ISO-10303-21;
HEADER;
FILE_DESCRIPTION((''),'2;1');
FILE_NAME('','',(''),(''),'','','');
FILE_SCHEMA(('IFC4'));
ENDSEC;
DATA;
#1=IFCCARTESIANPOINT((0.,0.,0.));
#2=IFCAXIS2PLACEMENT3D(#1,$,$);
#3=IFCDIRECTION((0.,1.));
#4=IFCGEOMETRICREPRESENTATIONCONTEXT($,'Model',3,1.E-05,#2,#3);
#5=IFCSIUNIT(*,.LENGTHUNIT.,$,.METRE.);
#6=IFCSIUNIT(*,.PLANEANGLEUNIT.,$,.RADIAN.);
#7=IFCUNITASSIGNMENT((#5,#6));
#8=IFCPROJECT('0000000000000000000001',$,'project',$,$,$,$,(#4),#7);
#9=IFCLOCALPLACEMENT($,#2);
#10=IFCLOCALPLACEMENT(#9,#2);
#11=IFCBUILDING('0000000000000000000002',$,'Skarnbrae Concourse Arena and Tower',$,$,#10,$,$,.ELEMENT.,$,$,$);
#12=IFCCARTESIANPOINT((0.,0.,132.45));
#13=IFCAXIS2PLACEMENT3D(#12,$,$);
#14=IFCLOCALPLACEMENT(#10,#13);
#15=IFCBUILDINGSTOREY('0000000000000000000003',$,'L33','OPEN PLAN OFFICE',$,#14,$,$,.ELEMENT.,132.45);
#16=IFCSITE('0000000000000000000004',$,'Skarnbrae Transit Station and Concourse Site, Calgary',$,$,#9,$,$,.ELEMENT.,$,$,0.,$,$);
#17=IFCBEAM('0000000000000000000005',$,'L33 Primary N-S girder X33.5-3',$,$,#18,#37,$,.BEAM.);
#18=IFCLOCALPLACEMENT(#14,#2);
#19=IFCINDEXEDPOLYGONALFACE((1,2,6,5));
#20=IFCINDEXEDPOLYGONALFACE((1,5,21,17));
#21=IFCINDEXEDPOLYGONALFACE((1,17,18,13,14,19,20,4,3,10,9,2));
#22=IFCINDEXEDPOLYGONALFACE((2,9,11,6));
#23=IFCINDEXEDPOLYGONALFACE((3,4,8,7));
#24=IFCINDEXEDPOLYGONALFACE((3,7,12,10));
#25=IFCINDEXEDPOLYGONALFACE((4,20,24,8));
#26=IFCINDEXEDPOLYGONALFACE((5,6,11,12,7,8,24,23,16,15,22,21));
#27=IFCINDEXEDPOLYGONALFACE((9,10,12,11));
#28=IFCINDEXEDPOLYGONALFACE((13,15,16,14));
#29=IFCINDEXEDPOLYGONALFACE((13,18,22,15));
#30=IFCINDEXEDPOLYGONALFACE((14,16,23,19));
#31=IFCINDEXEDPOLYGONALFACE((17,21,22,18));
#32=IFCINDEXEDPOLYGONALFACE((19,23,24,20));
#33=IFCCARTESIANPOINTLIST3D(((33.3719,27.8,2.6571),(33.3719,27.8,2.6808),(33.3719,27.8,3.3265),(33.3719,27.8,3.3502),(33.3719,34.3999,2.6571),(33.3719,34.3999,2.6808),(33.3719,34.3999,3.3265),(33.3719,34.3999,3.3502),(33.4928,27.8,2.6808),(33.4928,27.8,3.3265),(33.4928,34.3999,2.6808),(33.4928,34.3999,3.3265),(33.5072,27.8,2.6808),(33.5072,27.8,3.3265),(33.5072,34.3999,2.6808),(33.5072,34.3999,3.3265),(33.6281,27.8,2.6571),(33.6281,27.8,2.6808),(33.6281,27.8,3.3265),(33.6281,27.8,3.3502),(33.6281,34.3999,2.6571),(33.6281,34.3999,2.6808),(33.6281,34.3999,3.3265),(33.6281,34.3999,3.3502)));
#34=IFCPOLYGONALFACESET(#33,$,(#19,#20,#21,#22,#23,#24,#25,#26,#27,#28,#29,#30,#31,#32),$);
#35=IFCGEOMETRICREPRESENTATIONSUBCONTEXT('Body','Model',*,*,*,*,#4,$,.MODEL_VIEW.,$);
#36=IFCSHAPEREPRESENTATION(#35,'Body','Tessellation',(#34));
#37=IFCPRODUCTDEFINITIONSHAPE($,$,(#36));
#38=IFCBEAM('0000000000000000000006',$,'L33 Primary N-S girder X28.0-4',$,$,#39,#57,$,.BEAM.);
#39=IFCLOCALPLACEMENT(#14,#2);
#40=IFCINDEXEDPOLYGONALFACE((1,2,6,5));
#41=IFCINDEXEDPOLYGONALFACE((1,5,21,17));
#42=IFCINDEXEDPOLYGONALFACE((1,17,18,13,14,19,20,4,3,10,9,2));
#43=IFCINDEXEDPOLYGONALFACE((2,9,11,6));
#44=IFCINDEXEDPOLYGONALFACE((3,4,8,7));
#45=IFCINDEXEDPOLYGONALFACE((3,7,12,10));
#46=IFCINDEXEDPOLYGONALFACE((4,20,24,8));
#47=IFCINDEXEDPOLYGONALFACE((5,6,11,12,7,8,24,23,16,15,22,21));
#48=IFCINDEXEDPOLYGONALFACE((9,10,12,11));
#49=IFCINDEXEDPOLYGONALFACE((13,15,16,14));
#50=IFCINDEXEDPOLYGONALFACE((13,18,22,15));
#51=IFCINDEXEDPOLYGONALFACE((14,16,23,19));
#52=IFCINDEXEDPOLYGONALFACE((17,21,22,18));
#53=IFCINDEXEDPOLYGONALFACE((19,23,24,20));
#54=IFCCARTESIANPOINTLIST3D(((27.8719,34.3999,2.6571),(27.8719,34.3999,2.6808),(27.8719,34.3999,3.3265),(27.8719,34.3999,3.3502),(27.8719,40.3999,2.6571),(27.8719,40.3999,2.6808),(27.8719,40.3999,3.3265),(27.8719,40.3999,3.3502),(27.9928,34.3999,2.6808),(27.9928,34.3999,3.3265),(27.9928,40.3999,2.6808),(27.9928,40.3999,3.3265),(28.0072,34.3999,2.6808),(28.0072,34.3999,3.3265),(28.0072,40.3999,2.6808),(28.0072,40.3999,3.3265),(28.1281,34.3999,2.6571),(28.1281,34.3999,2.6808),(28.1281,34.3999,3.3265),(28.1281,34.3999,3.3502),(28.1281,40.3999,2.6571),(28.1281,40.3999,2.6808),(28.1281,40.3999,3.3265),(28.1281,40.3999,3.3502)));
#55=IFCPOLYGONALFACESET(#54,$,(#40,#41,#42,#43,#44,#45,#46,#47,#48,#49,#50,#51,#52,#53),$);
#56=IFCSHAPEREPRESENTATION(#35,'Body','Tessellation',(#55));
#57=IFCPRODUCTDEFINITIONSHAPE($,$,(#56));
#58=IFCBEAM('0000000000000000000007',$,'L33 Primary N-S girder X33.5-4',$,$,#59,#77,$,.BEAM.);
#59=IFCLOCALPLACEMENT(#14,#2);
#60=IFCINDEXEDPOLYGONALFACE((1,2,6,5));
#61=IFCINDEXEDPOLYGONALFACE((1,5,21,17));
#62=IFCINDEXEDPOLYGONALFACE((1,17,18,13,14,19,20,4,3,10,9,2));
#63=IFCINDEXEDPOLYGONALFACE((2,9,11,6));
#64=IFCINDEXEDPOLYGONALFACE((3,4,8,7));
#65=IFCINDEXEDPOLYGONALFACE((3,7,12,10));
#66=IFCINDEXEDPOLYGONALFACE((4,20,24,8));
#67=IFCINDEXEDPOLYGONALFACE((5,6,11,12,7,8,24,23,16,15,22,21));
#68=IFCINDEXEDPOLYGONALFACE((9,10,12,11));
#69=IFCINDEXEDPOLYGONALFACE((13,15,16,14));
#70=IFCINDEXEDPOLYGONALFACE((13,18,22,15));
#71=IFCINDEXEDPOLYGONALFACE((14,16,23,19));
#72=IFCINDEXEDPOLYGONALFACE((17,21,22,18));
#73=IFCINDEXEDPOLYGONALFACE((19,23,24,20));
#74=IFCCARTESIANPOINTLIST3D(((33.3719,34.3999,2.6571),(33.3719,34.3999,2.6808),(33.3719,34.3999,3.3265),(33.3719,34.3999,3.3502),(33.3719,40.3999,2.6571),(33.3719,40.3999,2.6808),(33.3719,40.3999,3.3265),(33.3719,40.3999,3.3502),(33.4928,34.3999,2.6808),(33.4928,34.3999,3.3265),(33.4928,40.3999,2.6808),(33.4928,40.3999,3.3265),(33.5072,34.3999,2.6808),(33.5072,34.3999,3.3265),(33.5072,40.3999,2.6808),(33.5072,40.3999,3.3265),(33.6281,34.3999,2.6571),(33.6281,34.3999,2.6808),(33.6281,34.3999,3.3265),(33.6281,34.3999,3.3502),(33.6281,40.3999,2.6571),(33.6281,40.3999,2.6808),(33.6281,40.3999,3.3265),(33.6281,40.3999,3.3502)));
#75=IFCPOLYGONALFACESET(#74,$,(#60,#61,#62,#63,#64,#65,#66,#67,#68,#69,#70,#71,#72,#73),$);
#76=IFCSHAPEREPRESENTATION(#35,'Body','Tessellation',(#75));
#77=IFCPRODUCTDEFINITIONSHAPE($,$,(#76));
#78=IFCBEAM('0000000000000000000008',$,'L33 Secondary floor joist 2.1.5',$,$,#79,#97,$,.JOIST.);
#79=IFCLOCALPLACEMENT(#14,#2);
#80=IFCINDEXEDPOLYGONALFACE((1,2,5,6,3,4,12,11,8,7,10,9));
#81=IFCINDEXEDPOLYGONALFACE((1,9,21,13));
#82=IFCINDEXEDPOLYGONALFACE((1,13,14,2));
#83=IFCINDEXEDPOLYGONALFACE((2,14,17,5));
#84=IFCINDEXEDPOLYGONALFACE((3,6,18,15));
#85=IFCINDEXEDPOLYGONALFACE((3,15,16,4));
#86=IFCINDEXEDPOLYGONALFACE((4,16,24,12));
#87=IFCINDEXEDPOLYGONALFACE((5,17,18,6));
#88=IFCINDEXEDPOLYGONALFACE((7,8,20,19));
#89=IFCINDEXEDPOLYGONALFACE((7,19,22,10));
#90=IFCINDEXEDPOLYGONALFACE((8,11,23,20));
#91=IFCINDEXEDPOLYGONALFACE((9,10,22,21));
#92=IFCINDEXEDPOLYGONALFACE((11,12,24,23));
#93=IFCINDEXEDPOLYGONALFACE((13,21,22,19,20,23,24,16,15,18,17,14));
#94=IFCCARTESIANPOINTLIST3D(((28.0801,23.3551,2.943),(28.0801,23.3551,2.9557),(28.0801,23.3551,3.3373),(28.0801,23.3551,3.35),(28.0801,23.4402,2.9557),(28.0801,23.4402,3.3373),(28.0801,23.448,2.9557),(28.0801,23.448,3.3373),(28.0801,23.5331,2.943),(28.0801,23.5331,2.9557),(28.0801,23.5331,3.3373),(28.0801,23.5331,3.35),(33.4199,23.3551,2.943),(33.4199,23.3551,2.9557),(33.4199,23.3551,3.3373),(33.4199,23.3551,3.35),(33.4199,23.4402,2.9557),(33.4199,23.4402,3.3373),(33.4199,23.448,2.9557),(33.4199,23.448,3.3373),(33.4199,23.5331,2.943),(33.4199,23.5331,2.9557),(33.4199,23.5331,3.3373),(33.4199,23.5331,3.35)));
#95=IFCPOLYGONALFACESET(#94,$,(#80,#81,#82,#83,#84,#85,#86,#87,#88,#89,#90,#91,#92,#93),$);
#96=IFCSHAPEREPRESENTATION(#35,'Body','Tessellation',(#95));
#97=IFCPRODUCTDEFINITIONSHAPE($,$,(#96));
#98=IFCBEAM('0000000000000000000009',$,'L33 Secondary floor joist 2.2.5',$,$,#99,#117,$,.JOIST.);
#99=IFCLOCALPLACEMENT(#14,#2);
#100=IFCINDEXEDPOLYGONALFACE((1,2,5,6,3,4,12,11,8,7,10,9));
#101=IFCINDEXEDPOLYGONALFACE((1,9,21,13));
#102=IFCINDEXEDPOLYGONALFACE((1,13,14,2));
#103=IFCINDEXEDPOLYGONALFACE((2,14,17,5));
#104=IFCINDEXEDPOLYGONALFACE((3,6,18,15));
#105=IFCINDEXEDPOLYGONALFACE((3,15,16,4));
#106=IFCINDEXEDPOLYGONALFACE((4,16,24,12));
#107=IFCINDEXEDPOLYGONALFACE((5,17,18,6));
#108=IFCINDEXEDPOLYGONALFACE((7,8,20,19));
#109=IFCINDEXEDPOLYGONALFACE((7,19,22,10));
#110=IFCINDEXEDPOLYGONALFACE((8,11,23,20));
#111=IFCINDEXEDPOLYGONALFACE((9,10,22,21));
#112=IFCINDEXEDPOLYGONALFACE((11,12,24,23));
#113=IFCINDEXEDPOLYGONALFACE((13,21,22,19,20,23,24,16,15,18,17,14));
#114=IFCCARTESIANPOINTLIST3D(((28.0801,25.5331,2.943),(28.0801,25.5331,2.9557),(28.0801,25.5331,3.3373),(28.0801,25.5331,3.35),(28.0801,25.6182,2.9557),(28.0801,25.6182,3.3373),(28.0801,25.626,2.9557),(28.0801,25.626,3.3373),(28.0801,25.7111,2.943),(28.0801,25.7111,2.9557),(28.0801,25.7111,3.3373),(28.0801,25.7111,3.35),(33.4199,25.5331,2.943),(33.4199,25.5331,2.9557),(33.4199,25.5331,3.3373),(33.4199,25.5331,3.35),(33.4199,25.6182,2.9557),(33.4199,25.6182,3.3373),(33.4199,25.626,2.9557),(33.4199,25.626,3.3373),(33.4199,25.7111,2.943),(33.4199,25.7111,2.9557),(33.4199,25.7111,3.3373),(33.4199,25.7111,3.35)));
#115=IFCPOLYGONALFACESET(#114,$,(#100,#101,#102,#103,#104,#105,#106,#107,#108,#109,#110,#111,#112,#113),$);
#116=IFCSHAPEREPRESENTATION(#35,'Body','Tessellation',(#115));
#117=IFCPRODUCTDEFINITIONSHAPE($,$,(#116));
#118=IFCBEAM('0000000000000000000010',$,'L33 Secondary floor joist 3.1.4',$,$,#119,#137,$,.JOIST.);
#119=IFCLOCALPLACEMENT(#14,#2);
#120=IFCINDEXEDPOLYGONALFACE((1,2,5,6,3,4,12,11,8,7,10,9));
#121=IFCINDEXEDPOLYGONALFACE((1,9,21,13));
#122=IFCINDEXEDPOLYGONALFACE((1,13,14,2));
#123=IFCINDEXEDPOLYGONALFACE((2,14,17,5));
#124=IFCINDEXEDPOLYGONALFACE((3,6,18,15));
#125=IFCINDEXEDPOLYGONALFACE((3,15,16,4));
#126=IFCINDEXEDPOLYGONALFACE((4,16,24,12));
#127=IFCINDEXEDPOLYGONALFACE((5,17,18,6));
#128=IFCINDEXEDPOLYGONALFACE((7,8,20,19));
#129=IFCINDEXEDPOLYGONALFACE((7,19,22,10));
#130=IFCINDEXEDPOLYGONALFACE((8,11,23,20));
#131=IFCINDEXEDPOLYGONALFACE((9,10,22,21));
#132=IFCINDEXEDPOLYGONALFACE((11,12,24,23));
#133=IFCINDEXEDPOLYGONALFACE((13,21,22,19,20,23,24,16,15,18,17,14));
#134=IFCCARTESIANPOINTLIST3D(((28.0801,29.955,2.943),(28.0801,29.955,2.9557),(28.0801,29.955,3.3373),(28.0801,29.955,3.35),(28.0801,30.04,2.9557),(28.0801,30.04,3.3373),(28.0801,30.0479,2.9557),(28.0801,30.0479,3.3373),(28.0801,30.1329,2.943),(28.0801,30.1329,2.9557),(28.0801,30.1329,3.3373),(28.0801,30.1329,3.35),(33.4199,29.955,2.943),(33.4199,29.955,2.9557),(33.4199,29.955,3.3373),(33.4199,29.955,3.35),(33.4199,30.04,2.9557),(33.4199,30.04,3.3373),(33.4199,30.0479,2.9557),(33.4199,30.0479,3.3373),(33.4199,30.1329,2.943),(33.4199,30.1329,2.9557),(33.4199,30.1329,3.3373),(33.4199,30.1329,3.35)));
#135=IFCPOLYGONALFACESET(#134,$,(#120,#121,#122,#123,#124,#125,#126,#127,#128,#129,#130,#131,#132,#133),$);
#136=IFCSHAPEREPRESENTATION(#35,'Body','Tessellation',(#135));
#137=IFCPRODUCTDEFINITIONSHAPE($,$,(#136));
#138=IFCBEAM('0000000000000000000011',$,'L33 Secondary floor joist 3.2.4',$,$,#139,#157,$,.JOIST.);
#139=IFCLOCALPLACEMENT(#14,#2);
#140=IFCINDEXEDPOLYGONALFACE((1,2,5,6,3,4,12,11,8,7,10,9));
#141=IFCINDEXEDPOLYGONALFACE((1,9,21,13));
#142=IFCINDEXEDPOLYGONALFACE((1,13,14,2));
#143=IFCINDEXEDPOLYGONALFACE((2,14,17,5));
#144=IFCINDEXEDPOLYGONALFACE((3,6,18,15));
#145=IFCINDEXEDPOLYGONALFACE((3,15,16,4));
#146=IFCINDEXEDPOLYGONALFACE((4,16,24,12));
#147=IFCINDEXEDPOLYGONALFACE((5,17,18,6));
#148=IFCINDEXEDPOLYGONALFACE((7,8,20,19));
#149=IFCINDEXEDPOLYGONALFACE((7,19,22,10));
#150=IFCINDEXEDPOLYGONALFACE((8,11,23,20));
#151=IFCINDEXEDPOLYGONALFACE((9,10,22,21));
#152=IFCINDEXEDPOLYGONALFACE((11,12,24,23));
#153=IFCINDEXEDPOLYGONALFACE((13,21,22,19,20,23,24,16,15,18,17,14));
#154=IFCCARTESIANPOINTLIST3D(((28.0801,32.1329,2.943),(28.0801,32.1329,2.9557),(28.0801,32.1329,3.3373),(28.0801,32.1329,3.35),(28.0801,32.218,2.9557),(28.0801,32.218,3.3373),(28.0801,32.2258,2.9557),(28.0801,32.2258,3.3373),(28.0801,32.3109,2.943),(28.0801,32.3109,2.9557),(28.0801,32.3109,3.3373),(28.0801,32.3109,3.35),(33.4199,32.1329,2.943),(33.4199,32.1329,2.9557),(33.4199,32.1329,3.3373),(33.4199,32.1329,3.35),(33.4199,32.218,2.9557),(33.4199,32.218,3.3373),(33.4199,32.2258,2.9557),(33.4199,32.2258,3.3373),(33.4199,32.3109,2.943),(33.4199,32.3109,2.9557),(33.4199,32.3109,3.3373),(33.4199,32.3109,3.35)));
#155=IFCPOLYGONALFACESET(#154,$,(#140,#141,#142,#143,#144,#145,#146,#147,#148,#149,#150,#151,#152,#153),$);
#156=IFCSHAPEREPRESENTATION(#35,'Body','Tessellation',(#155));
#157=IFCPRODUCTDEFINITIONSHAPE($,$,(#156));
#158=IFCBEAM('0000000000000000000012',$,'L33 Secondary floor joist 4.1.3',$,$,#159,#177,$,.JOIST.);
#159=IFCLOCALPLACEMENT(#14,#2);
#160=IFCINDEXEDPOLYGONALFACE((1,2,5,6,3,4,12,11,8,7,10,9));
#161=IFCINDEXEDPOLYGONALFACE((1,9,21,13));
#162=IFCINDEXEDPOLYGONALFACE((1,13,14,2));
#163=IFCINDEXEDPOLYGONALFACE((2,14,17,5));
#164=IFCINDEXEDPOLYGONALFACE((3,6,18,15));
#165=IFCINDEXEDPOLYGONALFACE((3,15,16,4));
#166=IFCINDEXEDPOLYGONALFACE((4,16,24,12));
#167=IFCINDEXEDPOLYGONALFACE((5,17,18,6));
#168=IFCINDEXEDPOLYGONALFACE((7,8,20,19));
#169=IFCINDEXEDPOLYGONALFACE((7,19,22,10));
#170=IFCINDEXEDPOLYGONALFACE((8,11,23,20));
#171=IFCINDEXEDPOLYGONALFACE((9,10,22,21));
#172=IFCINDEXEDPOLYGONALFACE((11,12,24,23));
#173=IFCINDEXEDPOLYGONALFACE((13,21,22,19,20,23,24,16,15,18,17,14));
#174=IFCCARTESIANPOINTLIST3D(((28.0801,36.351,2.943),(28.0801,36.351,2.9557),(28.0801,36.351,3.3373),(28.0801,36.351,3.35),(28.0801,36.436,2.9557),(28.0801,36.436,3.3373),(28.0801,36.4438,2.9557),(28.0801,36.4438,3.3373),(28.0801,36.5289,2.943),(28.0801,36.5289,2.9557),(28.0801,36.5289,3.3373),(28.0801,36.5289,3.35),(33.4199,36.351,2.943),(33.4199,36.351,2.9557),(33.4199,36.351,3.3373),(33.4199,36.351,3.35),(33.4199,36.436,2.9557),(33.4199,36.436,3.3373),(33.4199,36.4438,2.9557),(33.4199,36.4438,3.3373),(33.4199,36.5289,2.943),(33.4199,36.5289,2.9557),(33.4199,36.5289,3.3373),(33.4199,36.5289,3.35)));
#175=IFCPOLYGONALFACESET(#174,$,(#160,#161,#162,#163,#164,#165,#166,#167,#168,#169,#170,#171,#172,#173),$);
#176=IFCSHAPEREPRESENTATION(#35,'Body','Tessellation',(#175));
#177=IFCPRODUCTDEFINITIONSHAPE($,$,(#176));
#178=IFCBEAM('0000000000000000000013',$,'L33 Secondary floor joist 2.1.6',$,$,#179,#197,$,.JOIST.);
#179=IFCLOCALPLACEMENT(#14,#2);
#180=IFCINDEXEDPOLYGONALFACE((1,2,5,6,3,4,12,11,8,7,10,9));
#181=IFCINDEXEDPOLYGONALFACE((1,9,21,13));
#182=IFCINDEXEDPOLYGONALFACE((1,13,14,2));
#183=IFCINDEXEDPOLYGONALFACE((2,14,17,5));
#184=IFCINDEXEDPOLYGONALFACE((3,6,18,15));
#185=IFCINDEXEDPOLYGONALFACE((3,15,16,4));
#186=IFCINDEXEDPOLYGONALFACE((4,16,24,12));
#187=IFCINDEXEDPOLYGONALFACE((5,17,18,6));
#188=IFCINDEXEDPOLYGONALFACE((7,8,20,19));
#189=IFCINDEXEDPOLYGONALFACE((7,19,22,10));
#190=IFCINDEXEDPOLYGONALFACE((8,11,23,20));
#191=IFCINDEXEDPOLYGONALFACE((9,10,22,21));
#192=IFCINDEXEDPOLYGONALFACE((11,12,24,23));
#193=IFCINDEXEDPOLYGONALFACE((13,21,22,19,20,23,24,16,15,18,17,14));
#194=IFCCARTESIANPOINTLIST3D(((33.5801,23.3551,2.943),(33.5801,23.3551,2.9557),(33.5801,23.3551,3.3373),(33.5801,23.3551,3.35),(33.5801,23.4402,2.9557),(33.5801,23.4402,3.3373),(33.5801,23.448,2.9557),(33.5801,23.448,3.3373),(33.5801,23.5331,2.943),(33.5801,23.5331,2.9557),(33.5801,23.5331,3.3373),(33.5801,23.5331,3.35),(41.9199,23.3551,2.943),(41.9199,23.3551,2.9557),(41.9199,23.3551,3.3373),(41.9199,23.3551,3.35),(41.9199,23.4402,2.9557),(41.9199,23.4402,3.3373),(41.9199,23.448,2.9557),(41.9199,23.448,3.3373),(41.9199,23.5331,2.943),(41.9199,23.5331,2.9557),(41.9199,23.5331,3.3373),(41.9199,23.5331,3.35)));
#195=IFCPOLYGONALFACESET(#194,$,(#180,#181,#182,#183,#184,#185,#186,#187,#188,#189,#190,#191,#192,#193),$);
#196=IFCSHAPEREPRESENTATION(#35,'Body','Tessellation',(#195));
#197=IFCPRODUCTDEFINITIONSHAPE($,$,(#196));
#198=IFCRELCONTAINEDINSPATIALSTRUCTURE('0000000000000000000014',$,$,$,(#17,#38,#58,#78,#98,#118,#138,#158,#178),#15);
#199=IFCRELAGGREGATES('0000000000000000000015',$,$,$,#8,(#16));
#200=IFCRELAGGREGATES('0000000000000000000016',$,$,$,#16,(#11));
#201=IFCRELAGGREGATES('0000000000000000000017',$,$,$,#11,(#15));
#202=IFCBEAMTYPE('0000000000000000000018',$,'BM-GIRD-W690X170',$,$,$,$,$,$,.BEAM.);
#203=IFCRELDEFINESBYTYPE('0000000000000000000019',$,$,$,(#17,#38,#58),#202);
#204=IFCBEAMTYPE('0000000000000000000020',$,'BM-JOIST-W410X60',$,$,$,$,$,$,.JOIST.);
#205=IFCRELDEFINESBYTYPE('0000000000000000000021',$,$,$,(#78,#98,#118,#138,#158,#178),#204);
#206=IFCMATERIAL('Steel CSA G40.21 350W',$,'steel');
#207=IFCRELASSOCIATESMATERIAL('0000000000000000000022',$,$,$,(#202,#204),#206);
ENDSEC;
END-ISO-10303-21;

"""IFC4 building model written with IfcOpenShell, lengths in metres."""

from ifc_helpers import new_model, si_unit, direction, frame, origin, origin_2d, place, context, subcontext, project, spatial, i_section, extrude, source, transform, mapped, material, material_profile, profile_set, type_object, element, save


model = new_model("IFC4")

# Units and contexts
model_context = context("Model", 3, precision=1e-05, world=origin(), true_north=direction((0.0, 1.0)))
body_context = subcontext(model_context, "Body", "Model", "MODEL_VIEW")
ifc_project = project(units=[si_unit("LENGTHUNIT", "METRE"), si_unit("PLANEANGLEUNIT", "RADIAN")], contexts=[model_context])

# Site, building, storey
site_placement = place(None, origin())
site = spatial("IfcSite", under=ifc_project, at=site_placement, Name="Skarnbrae Transit Station and Concourse Site, Calgary", CompositionType="ELEMENT", RefElevation=0.0)
building_placement = place(site_placement, origin())
building = spatial("IfcBuilding", under=site, at=building_placement, Name="Skarnbrae Concourse Arena and Tower", CompositionType="ELEMENT")
storey_placement = place(building_placement, frame((0.0, 0.0, 132.45)))
storey = spatial("IfcBuildingStorey", under=building, at=storey_placement, Name="L33", Description="OPEN PLAN OFFICE", CompositionType="ELEMENT", Elevation=132.45)

# Shared definitions
ifc_material_1 = material(Name="Steel CSA G40.21 350W", Category="steel")

# Beams
ifc_material_profile_1 = material_profile(ifc_material_1, i_section(OverallWidth=0.2561, OverallDepth=0.6931, WebThickness=0.0144, FlangeThickness=0.0237, at=origin_2d()), Name="W690X170")
ifc_profile_set_1 = profile_set([ifc_material_profile_1], Name="Steel CSA G40.21 350W")
beam_type_1 = type_object("IfcBeamType", Name="BM-GIRD-W690X170", PredefinedType="BEAM", material=ifc_profile_set_1)
shared_shape_1 = source(origin(), body_context, "Body", "SweptSolid", [
    extrude(i_section(OverallWidth=0.2561, OverallDepth=0.6931, WebThickness=0.0144, FlangeThickness=0.0237, at=origin_2d()), origin(), (0.0, 0.0, 1.0), 6.5999),
])
for number, where, z_axis, x_axis, name in (
    (1, (33.5, 27.8, 3.0037), (0.0, 1.0, 0.0), (-1.0, 0.0, 0.0), "L33 Primary N-S girder X33.5-3"),
):
    element("IfcBeam", number, at=place(storey_placement, frame(where, z_axis=z_axis, x_axis=x_axis)), inside=storey, type_object=beam_type_1, Name=name, PredefinedType="BEAM", context=body_context, shape_type="MappedRepresentation", body=[
        mapped(shared_shape_1, transform((0.0, 0.0, 0.0))),
    ])
shared_shape_2 = source(origin(), body_context, "Body", "SweptSolid", [
    extrude(i_section(OverallWidth=0.2561, OverallDepth=0.6931, WebThickness=0.0144, FlangeThickness=0.0237, at=origin_2d()), origin(), (0.0, 0.0, 1.0), 6.0),
])
for number, where, z_axis, x_axis, name in (
    (2, (28.0, 34.3999, 3.0037), (0.0, 1.0, 0.0), (-1.0, 0.0, 0.0), "L33 Primary N-S girder X28.0-4"),
    (3, (33.5, 34.3999, 3.0037), (0.0, 1.0, 0.0), (-1.0, 0.0, 0.0), "L33 Primary N-S girder X33.5-4"),
):
    element("IfcBeam", number, at=place(storey_placement, frame(where, z_axis=z_axis, x_axis=x_axis)), inside=storey, type_object=beam_type_1, Name=name, PredefinedType="BEAM", context=body_context, shape_type="MappedRepresentation", body=[
        mapped(shared_shape_2, transform((0.0, 0.0, 0.0))),
    ])
ifc_material_profile_2 = material_profile(ifc_material_1, i_section(OverallWidth=0.178, OverallDepth=0.407, WebThickness=0.0078, FlangeThickness=0.0127, at=origin_2d()), Name="W410X60")
ifc_profile_set_2 = profile_set([ifc_material_profile_2], Name="Steel CSA G40.21 350W")
beam_type_2 = type_object("IfcBeamType", Name="BM-JOIST-W410X60", PredefinedType="JOIST", material=ifc_profile_set_2)
shared_shape_3 = source(origin(), body_context, "Body", "SweptSolid", [
    extrude(i_section(OverallWidth=0.178, OverallDepth=0.407, WebThickness=0.0078, FlangeThickness=0.0127, at=origin_2d()), origin(), (0.0, 0.0, 1.0), 5.3398),
])
for number, where, z_axis, x_axis, name in (
    (4, (28.0801, 23.4441, 3.1465), (1.0, 0.0, 0.0), (0.0, 1.0, 0.0), "L33 Secondary floor joist 2.1.5"),
    (5, (28.0801, 25.6221, 3.1465), (1.0, 0.0, 0.0), (0.0, 1.0, 0.0), "L33 Secondary floor joist 2.2.5"),
    (6, (28.0801, 30.0439, 3.1465), (1.0, 0.0, 0.0), (0.0, 1.0, 0.0), "L33 Secondary floor joist 3.1.4"),
    (7, (28.0801, 32.2219, 3.1465), (1.0, 0.0, 0.0), (0.0, 1.0, 0.0), "L33 Secondary floor joist 3.2.4"),
    (8, (28.0801, 36.4399, 3.1465), (1.0, 0.0, 0.0), (0.0, 1.0, 0.0), "L33 Secondary floor joist 4.1.3"),
):
    element("IfcBeam", number, at=place(storey_placement, frame(where, z_axis=z_axis, x_axis=x_axis)), inside=storey, type_object=beam_type_2, Name=name, PredefinedType="JOIST", context=body_context, shape_type="MappedRepresentation", body=[
        mapped(shared_shape_3, transform((0.0, 0.0, 0.0))),
    ])
shared_shape_4 = source(origin(), body_context, "Body", "SweptSolid", [
    extrude(i_section(OverallWidth=0.178, OverallDepth=0.407, WebThickness=0.0078, FlangeThickness=0.0127, at=origin_2d()), origin(), (0.0, 0.0, 1.0), 8.3398),
])
for number, where, z_axis, x_axis, name in (
    (9, (33.5801, 23.4441, 3.1465), (1.0, 0.0, 0.0), (0.0, 1.0, 0.0), "L33 Secondary floor joist 2.1.6"),
):
    element("IfcBeam", number, at=place(storey_placement, frame(where, z_axis=z_axis, x_axis=x_axis)), inside=storey, type_object=beam_type_2, Name=name, PredefinedType="JOIST", context=body_context, shape_type="MappedRepresentation", body=[
        mapped(shared_shape_4, transform((0.0, 0.0, 0.0))),
    ])

save(model, "model.ifc")
